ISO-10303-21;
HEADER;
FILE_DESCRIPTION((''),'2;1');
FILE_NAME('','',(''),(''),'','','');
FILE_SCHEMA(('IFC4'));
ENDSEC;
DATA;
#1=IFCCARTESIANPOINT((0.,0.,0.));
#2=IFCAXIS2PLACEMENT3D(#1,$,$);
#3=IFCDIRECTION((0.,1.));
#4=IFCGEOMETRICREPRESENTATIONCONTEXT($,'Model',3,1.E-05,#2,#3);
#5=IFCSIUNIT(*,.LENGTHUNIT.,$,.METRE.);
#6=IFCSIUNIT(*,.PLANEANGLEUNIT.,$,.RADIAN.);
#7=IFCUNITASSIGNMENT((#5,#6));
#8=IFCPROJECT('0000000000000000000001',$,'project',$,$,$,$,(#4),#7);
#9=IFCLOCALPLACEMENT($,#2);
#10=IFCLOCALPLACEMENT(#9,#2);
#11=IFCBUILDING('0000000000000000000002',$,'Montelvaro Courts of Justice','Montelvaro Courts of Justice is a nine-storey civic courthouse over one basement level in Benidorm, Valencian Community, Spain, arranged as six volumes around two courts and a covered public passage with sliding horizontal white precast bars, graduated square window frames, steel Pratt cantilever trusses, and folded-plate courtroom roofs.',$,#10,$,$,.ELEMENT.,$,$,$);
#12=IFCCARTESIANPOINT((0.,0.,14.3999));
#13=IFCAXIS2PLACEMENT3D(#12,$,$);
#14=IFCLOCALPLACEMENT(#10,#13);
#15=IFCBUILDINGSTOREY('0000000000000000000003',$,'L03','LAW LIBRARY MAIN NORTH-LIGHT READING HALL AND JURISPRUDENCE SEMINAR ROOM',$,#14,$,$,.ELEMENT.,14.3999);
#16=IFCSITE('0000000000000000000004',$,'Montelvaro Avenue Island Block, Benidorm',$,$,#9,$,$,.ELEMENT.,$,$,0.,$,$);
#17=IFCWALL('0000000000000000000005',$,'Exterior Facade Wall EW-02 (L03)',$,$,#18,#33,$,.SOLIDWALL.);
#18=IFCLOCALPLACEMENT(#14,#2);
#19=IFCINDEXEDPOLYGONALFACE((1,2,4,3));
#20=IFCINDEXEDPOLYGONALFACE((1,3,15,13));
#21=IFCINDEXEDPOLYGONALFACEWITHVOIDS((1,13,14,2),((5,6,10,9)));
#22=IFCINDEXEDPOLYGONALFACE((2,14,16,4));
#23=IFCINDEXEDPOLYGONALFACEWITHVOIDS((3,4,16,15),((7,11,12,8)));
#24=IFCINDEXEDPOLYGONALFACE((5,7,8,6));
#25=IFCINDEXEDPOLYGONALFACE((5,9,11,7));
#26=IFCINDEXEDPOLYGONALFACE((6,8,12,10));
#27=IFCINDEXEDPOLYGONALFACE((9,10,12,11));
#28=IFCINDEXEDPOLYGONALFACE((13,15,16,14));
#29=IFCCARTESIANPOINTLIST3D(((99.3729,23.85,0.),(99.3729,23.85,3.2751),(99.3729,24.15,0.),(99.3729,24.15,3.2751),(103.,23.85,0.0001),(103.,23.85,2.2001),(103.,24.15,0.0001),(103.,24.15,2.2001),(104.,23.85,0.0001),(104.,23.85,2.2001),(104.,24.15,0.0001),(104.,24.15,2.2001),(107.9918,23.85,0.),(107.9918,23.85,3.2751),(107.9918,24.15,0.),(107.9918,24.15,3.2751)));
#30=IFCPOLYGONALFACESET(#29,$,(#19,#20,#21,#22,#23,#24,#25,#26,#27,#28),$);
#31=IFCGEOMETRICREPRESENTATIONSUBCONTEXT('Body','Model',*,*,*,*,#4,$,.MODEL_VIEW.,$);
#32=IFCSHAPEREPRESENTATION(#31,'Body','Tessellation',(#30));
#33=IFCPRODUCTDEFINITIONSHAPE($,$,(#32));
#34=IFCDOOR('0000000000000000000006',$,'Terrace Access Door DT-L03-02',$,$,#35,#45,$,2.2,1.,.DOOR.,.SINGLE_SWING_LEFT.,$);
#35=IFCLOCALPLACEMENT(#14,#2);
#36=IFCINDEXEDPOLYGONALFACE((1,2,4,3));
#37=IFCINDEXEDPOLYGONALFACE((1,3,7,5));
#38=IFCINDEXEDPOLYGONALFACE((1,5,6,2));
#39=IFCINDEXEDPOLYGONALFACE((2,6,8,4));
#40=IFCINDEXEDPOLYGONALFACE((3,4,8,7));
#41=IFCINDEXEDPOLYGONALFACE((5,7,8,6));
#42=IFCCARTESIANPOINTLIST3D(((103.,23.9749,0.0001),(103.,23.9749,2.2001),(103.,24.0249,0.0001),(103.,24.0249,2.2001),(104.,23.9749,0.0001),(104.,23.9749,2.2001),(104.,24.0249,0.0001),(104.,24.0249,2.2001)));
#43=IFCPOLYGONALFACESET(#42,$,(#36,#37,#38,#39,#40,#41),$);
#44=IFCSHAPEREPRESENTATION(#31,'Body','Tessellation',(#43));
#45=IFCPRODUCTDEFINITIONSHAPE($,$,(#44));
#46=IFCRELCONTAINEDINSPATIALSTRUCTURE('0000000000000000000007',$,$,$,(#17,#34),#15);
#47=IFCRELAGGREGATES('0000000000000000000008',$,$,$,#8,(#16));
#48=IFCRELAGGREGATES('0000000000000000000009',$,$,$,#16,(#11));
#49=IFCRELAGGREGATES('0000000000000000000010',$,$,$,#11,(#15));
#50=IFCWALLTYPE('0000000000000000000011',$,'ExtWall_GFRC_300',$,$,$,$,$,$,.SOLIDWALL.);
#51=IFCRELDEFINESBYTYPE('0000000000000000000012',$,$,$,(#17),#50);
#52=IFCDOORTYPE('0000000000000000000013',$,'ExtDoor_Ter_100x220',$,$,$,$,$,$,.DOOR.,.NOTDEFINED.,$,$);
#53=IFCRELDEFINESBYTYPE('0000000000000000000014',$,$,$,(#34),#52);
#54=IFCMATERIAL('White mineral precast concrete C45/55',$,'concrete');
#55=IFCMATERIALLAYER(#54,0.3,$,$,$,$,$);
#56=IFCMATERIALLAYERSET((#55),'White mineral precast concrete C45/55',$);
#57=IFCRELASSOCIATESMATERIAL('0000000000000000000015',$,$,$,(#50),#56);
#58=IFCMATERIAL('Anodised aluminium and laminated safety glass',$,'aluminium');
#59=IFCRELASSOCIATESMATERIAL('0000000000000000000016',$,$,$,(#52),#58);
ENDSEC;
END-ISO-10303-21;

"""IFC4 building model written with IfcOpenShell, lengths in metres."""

from ifc_helpers import new_model, si_unit, direction, frame, frame_2d, origin, place, context, subcontext, project, spatial, rectangle, extrude, material, layer, layer_set, type_object, element, fill, save


model = new_model("IFC4")

# Units and contexts
model_context = context("Model", 3, precision=1e-05, world=origin(), true_north=direction((0.0, 1.0)))
body_context = subcontext(model_context, "Body", "Model", "MODEL_VIEW")
ifc_project = project(units=[si_unit("LENGTHUNIT", "METRE"), si_unit("PLANEANGLEUNIT", "RADIAN")], contexts=[model_context])

# Site, building, storey
site_placement = place(None, origin())
site = spatial("IfcSite", under=ifc_project, at=site_placement, Name="Montelvaro Avenue Island Block, Benidorm", CompositionType="ELEMENT", RefElevation=0.0)
building_placement = place(site_placement, origin())
building = spatial("IfcBuilding", under=site, at=building_placement, Name="Montelvaro Courts of Justice", Description="Montelvaro Courts of Justice is a nine-storey civic courthouse over one basement level in Benidorm, Valencian Community, Spain, arranged as six volumes around two courts and a covered public passage with sliding horizontal white precast bars, graduated square window frames, steel Pratt cantilever trusses, and folded-plate courtroom roofs.", CompositionType="ELEMENT")
storey_placement = place(building_placement, frame((0.0, 0.0, 14.3999)))
storey = spatial("IfcBuildingStorey", under=building, at=storey_placement, Name="L03", Description="LAW LIBRARY MAIN NORTH-LIGHT READING HALL AND JURISPRUDENCE SEMINAR ROOM", CompositionType="ELEMENT", Elevation=14.3999)

# Wall, opening, door
ifc_material_1 = material(Name="White mineral precast concrete C45/55", Category="concrete")
ifc_layer_1 = layer(ifc_material_1, 0.3)
ifc_layer_set_1 = layer_set([ifc_layer_1], Name="White mineral precast concrete C45/55")
wall_type_1 = type_object("IfcWallType", Name="ExtWall_GFRC_300", PredefinedType="SOLIDWALL", material=ifc_layer_set_1)
wall_1_placement = place(storey_placement, frame((107.9919, 24.0, 0.0), z_axis=(0.0, 0.0, 1.0), x_axis=(-1.0, 0.0, 0.0)))
wall_1 = element("IfcWall", 1, at=wall_1_placement, inside=storey, type_object=wall_type_1, Name="Exterior Facade Wall EW-02 (L03)", PredefinedType="SOLIDWALL", context=body_context, shape_type="SweptSolid", body=[
    extrude(rectangle(XDim=8.6189, YDim=0.3, at=frame_2d((4.3096, 0.0))), origin(), (0.0, 0.0, 1.0), 3.2751),
])
opening_placement = place(wall_1_placement, frame((3.9919, 0.0, 0.0)))
opening = element("IfcOpeningElement", 2, at=opening_placement, cuts=wall_1, PredefinedType="OPENING", context=body_context, shape_type="SweptSolid", body=[
    extrude(rectangle(XDim=1.0, YDim=2.2, at=frame_2d((0.5, 1.1001))), frame((0.0, 0.165, 0.0), z_axis=(0.0, -1.0, 0.0), x_axis=(1.0, 0.0, 0.0)), (0.0, 0.0, 1.0), 0.3298),
])
ifc_material_2 = material(Name="Anodised aluminium and laminated safety glass", Category="aluminium")
door_type = type_object("IfcDoorType", Name="ExtDoor_Ter_100x220", OperationType="NOTDEFINED", PredefinedType="DOOR", material=ifc_material_2)
door_placement = place(opening_placement, frame((1.0, 0.0, 0.0), z_axis=(0.0, 0.0, 1.0), x_axis=(-1.0, 0.0, 0.0)))
door = element("IfcDoor", 3, at=door_placement, inside=storey, type_object=door_type, Name="Terrace Access Door DT-L03-02", OperationType="SINGLE_SWING_LEFT", OverallHeight=2.2, OverallWidth=1.0, PredefinedType="DOOR", context=body_context, shape_type="SweptSolid", body=[
    extrude(rectangle(XDim=1.0, YDim=2.2, at=frame_2d((0.5, 1.1001))), frame((0.0, 0.0249, 0.0), z_axis=(0.0, -1.0, 0.0), x_axis=(1.0, 0.0, 0.0)), (0.0, 0.0, 1.0), 0.05),
])
fill(opening, door)

save(model, "model.ifc")
